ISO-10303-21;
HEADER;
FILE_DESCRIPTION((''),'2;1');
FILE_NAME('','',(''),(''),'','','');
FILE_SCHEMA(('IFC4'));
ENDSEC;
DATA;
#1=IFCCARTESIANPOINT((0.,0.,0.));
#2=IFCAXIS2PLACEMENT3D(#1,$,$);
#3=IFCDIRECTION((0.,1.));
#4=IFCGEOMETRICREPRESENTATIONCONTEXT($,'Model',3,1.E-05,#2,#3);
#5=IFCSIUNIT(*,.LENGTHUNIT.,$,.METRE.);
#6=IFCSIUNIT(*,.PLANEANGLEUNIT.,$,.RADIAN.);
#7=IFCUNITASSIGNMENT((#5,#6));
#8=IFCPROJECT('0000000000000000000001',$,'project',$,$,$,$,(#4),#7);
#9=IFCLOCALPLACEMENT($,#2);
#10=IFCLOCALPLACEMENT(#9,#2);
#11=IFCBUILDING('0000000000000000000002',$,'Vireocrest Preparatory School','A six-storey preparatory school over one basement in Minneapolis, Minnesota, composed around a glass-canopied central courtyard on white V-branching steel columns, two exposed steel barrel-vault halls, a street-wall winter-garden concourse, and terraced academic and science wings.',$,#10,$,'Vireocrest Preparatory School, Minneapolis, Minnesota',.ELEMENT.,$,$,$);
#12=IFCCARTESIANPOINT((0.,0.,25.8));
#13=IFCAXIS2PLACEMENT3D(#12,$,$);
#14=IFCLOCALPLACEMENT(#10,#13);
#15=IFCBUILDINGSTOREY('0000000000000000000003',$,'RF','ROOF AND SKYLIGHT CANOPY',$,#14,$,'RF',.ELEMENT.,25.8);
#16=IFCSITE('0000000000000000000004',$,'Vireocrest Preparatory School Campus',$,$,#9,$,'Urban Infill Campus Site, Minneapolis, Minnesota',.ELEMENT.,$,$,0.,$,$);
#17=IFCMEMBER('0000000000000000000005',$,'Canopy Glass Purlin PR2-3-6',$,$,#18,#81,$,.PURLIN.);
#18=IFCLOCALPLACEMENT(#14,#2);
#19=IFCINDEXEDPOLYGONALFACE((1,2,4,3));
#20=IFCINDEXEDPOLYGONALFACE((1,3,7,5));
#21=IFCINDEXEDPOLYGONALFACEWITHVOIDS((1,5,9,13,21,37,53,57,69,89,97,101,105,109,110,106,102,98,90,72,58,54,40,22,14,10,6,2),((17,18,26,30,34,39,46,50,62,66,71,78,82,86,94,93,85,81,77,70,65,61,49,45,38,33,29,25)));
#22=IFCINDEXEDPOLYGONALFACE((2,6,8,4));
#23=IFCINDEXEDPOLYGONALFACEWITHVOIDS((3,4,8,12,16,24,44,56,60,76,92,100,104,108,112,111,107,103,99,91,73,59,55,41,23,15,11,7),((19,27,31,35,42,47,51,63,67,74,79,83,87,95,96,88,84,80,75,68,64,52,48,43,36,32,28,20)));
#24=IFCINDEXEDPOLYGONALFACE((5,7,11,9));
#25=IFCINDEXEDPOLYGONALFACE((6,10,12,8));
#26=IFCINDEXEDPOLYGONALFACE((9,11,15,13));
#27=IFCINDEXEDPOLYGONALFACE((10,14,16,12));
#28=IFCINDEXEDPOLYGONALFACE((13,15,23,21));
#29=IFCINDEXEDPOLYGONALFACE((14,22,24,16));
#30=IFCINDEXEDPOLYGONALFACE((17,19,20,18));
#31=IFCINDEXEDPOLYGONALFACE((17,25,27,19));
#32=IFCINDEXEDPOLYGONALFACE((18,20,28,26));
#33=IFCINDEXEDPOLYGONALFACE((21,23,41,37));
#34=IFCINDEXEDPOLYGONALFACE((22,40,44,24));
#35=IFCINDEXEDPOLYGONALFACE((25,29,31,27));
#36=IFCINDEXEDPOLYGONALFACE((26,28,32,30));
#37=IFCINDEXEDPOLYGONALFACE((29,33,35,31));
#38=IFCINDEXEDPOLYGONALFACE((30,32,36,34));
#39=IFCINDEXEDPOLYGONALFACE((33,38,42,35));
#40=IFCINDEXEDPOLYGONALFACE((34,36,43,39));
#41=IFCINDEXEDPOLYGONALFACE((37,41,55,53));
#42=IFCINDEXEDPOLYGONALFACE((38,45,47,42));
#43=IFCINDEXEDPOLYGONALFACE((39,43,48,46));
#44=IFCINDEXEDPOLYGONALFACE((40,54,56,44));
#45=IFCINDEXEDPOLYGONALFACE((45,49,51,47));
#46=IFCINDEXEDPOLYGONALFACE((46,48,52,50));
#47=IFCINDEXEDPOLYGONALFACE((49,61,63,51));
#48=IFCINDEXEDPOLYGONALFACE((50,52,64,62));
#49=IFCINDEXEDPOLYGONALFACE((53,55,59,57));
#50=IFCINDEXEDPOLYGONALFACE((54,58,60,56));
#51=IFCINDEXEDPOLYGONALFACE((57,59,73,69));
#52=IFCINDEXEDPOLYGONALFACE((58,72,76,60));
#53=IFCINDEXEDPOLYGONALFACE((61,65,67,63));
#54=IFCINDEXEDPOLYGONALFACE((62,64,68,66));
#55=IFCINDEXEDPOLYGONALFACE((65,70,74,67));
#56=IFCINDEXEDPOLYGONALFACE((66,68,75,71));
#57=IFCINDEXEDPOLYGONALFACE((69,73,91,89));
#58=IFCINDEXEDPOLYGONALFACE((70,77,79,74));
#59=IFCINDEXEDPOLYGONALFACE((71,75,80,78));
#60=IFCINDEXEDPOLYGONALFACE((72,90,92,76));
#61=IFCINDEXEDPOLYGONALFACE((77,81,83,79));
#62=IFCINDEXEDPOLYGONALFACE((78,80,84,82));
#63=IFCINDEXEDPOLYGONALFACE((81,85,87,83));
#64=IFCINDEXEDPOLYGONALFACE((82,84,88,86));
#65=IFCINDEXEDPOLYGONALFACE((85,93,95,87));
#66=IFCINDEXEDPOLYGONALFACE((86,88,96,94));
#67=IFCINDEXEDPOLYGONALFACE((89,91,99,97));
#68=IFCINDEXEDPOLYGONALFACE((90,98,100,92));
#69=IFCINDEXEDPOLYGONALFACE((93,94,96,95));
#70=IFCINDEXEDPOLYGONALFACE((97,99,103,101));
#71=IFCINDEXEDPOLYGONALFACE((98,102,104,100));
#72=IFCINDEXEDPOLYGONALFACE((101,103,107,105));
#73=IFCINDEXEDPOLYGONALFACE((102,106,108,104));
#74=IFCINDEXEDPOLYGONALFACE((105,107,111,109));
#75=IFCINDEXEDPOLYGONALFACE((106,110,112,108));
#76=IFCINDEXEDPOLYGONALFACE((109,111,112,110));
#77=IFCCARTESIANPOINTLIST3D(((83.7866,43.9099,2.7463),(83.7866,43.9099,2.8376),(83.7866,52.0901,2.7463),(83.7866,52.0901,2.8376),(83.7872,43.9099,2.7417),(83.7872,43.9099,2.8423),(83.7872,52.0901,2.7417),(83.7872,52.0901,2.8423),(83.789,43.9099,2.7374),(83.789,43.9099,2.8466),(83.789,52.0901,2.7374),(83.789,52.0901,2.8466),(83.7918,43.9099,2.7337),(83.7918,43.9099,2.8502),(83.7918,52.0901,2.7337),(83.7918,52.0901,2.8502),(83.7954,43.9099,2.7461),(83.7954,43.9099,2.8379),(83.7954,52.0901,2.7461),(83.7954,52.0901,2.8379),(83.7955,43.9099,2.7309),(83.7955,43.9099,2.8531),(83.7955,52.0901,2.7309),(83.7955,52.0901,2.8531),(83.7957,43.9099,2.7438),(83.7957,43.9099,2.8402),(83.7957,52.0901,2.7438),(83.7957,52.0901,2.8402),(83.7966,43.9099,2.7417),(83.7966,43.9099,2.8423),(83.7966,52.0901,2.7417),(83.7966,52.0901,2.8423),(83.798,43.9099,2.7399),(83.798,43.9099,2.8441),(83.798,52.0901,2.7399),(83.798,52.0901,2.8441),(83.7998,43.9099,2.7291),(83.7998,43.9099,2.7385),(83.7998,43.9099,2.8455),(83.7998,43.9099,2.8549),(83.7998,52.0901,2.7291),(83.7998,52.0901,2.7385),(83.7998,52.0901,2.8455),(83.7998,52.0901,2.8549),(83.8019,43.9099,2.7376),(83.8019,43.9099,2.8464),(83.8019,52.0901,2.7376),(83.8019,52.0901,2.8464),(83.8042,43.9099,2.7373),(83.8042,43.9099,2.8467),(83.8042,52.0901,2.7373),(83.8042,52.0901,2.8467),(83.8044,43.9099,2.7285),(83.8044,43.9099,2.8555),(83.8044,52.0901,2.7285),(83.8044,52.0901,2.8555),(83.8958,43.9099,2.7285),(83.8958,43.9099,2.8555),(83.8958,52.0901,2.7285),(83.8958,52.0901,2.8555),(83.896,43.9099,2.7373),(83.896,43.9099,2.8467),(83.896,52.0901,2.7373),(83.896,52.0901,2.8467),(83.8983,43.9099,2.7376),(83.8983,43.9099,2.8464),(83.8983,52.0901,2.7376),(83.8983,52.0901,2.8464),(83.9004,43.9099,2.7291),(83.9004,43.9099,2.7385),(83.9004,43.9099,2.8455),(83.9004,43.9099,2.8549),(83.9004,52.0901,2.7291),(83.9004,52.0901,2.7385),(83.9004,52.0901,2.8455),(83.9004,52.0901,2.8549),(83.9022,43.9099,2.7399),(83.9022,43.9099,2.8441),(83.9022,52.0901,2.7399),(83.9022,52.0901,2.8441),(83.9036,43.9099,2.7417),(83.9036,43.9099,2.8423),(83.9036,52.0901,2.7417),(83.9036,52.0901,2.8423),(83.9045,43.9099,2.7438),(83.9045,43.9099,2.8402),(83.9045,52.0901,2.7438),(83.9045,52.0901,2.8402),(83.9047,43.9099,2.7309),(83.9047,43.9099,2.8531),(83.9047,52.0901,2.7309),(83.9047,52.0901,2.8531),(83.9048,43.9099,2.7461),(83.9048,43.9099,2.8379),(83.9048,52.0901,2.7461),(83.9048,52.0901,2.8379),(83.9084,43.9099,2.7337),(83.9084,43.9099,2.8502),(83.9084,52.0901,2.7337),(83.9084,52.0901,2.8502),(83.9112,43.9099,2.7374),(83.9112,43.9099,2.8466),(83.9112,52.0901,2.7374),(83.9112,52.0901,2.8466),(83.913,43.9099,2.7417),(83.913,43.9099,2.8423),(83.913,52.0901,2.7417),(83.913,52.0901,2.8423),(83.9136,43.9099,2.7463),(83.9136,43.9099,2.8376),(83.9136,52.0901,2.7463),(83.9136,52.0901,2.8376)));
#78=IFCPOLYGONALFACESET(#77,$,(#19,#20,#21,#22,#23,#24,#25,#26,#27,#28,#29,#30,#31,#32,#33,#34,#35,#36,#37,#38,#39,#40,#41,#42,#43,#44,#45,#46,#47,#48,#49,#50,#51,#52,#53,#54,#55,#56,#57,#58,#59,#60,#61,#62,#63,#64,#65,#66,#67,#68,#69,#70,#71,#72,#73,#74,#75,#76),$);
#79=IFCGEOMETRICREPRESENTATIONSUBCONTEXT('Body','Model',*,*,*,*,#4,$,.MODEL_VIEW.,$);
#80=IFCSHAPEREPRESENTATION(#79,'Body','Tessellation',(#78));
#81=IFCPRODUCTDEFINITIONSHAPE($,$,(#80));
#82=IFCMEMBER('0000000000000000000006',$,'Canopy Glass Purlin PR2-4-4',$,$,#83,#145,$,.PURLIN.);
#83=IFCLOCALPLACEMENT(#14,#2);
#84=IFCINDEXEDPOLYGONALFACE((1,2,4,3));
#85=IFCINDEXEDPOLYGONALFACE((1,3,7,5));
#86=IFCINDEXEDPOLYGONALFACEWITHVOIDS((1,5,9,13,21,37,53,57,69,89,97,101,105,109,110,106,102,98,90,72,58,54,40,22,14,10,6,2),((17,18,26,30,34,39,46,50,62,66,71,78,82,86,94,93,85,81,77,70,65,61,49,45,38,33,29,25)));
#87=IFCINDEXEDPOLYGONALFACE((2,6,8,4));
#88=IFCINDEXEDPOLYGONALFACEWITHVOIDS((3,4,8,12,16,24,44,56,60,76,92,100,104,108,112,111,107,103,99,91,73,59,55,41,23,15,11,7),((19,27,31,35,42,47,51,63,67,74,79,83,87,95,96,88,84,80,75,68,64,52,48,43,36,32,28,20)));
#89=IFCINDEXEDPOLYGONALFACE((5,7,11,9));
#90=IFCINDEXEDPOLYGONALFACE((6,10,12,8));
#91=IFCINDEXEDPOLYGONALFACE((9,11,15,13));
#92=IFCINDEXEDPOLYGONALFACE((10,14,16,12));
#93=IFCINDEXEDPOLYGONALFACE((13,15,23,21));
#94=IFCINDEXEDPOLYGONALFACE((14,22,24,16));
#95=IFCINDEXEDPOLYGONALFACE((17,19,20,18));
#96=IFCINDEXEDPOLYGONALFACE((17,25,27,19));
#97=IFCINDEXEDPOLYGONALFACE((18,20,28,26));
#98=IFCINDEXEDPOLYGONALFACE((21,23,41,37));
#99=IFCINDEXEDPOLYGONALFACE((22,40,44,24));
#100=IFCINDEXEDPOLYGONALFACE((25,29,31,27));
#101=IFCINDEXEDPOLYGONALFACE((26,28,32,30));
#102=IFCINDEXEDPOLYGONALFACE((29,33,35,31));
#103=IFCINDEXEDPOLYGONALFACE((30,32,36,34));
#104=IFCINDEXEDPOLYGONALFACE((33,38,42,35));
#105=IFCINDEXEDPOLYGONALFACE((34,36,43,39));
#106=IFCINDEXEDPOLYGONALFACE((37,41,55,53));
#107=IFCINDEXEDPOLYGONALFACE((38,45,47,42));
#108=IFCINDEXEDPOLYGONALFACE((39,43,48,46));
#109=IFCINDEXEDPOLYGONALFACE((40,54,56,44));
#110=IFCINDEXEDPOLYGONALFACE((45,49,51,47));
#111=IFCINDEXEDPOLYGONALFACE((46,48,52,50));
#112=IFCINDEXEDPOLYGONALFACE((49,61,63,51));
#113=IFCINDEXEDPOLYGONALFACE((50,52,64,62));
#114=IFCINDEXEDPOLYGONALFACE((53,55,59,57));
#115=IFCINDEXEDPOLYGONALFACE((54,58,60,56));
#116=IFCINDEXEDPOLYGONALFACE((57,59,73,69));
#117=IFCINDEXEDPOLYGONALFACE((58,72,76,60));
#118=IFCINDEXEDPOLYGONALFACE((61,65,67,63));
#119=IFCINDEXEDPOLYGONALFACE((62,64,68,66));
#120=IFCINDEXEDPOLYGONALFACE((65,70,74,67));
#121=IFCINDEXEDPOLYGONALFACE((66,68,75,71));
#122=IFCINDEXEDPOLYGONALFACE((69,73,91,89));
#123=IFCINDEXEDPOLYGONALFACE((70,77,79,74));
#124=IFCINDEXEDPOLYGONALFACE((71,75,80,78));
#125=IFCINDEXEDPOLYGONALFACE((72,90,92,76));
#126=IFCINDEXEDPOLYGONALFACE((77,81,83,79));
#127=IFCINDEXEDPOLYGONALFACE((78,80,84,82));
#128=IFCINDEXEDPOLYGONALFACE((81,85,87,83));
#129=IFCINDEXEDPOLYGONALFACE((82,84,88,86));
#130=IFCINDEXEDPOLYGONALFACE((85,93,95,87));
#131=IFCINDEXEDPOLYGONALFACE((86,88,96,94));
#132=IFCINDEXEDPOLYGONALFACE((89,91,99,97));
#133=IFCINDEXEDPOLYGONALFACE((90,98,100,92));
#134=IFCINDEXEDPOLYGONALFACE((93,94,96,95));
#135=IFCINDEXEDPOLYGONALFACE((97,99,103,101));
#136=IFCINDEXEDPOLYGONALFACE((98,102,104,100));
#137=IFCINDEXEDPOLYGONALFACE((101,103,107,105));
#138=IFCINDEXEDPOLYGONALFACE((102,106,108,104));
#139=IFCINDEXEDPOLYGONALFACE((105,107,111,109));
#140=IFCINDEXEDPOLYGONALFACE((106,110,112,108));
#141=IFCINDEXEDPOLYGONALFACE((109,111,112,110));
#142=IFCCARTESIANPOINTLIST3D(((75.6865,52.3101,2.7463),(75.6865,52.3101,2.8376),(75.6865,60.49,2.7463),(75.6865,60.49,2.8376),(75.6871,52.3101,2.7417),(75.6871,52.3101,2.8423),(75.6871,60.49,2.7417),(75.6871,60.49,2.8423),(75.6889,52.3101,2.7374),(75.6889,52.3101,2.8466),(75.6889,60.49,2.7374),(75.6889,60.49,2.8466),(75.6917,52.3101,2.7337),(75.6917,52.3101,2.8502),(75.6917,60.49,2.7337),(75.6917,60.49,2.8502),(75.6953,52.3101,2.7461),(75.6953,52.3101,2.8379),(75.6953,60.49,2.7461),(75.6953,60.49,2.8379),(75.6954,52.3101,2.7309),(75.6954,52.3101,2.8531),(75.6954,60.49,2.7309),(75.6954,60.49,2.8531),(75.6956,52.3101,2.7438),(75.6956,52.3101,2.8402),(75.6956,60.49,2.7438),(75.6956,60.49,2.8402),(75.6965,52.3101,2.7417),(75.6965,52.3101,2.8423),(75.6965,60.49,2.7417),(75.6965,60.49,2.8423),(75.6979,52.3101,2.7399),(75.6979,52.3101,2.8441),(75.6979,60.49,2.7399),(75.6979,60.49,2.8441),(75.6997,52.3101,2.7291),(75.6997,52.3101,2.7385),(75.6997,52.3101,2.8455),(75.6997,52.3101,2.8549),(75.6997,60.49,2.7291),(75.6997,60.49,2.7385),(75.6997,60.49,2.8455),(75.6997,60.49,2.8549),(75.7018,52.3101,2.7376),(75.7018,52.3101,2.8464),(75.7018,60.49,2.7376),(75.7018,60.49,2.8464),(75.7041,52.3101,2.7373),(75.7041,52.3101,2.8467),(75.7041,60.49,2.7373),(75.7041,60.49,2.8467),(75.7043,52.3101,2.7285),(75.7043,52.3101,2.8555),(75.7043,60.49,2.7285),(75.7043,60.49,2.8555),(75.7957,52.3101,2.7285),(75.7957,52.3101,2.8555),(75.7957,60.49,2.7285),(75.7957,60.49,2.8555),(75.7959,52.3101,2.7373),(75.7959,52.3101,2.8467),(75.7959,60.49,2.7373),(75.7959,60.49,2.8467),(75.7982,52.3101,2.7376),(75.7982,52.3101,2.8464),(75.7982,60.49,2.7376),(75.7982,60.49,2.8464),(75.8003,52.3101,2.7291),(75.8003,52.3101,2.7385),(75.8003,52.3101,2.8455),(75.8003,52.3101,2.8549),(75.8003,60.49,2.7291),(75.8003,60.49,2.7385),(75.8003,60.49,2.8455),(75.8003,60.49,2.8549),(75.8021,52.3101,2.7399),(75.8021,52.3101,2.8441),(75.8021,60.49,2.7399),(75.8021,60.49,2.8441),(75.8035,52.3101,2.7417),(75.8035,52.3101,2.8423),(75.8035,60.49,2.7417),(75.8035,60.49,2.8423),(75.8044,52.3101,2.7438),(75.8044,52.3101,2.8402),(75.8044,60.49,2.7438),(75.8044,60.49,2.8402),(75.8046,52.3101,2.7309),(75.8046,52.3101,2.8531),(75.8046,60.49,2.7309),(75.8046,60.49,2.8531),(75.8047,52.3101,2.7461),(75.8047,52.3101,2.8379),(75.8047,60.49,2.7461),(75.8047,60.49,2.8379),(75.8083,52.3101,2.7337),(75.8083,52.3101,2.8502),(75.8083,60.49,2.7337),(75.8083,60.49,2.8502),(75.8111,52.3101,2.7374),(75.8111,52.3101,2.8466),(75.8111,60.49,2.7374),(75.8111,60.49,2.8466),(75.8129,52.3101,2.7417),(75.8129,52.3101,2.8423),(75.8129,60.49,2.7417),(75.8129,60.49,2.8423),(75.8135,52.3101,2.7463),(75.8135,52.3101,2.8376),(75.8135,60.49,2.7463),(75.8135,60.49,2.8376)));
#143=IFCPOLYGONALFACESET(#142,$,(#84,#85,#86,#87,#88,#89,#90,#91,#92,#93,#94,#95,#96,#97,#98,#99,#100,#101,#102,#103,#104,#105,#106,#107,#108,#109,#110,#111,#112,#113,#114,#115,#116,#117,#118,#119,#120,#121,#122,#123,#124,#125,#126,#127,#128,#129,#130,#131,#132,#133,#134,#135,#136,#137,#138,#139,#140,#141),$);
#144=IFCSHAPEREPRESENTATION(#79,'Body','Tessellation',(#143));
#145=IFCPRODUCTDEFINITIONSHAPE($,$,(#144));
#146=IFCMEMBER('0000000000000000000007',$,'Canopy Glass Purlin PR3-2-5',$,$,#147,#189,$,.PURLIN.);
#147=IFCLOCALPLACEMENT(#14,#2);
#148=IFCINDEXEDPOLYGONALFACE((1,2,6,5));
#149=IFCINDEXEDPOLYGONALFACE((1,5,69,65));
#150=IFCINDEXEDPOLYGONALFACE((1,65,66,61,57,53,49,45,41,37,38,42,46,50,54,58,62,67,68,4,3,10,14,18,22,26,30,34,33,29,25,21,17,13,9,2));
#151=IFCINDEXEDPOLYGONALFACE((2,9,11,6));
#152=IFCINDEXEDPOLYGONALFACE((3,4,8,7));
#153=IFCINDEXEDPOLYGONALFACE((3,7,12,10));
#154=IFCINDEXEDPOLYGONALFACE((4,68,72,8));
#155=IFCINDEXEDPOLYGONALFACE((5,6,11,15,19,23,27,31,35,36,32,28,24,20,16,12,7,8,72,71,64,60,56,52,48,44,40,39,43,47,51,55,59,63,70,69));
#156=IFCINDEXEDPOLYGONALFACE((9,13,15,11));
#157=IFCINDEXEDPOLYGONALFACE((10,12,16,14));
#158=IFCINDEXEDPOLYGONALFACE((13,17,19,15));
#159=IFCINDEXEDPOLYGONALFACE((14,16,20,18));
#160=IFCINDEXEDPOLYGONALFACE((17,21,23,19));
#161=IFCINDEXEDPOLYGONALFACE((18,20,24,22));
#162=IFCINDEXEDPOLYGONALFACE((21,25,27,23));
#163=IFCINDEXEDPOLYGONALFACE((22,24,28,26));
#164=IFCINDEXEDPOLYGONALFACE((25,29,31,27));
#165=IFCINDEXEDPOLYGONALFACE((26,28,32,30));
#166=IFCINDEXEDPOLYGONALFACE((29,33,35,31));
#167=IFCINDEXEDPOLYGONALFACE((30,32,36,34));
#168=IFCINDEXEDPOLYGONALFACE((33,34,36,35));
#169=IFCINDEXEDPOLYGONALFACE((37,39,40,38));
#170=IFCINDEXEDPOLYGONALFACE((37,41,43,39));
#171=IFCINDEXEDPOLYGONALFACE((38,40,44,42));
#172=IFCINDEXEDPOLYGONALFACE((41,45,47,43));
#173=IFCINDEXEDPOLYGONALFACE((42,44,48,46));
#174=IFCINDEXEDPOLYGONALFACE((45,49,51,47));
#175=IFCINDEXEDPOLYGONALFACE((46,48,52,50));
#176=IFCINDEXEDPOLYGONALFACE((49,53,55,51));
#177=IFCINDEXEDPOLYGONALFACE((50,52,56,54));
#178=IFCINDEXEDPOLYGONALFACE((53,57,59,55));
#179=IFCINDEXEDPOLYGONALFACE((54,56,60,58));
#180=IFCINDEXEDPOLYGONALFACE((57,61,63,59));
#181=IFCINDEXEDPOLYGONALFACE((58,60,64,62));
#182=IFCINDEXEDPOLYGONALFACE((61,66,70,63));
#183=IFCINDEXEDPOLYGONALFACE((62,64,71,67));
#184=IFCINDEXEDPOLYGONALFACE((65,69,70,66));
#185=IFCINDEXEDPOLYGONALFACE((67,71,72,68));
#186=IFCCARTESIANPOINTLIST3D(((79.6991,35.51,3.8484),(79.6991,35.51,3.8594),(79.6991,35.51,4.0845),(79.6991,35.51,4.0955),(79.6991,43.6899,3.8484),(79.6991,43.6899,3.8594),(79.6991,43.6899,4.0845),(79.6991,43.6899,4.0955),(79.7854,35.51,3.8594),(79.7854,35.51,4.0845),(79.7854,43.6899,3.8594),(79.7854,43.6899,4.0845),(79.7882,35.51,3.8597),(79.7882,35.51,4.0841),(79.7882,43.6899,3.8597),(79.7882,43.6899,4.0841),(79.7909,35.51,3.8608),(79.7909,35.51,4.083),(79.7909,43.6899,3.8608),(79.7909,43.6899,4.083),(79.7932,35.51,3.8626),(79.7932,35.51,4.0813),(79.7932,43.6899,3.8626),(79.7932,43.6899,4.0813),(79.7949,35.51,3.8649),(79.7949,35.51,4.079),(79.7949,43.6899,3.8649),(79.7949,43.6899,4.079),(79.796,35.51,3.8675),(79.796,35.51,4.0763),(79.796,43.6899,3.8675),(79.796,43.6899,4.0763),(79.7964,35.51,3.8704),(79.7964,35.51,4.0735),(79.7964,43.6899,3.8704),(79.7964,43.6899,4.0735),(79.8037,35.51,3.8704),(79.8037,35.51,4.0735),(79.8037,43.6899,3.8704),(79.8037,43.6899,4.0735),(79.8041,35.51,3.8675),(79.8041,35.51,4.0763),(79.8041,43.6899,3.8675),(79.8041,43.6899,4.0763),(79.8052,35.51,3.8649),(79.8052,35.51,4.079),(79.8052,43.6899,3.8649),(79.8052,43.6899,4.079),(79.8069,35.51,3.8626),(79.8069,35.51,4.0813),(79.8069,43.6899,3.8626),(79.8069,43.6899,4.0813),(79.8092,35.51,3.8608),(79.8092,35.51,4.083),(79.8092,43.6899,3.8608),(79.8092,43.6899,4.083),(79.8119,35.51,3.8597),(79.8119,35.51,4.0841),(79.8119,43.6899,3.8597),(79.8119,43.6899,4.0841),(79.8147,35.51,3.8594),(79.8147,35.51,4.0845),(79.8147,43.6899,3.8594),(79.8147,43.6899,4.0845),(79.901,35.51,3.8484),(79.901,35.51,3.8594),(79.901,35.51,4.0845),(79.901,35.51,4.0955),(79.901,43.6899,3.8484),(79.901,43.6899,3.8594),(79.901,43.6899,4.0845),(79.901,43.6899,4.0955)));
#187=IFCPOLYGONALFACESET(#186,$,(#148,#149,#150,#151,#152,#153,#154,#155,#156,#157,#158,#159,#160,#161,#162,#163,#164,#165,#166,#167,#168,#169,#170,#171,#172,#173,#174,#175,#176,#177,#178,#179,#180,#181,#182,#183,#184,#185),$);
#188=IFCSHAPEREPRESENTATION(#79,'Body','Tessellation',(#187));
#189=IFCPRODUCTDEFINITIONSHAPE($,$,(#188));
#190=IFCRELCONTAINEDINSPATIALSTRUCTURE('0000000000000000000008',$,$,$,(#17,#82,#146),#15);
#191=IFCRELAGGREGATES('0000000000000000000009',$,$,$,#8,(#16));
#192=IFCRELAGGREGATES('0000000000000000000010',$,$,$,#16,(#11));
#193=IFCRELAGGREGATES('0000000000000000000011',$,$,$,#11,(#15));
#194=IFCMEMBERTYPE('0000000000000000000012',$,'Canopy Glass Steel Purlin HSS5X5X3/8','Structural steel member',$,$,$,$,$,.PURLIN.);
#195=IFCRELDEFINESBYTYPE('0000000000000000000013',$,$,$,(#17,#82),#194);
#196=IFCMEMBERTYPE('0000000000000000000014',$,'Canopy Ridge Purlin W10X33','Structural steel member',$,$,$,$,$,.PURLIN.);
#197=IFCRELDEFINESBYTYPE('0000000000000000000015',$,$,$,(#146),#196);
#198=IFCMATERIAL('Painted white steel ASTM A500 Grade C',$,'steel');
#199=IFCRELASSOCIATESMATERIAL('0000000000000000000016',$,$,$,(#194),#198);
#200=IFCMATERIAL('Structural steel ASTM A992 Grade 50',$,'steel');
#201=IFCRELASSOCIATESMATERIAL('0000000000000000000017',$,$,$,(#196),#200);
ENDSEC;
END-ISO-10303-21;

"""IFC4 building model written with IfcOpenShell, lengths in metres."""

from ifc_helpers import new_model, si_unit, direction, frame, origin, origin_2d, place, context, subcontext, project, spatial, hollow_rectangle, i_section, extrude, material, material_profile, profile_set, type_object, element, save


model = new_model("IFC4")

# Units and contexts
model_context = context("Model", 3, precision=1e-05, world=origin(), true_north=direction((0.0, 1.0)))
body_context = subcontext(model_context, "Body", "Model", "MODEL_VIEW")
ifc_project = project(units=[si_unit("LENGTHUNIT", "METRE"), si_unit("PLANEANGLEUNIT", "RADIAN")], contexts=[model_context])

# Site, building, storey
site_placement = place(None, origin())
site = spatial("IfcSite", under=ifc_project, at=site_placement, Name="Vireocrest Preparatory School Campus", LongName="Urban Infill Campus Site, Minneapolis, Minnesota", CompositionType="ELEMENT", RefElevation=0.0)
building_placement = place(site_placement, origin())
building = spatial("IfcBuilding", under=site, at=building_placement, Name="Vireocrest Preparatory School", Description="A six-storey preparatory school over one basement in Minneapolis, Minnesota, composed around a glass-canopied central courtyard on white V-branching steel columns, two exposed steel barrel-vault halls, a street-wall winter-garden concourse, and terraced academic and science wings.", LongName="Vireocrest Preparatory School, Minneapolis, Minnesota", CompositionType="ELEMENT")
storey_placement = place(building_placement, frame((0.0, 0.0, 25.8)))
storey = spatial("IfcBuildingStorey", under=building, at=storey_placement, Name="RF", Description="ROOF AND SKYLIGHT CANOPY", LongName="RF", CompositionType="ELEMENT", Elevation=25.8)

# Members
ifc_material_1 = material(Name="Painted white steel ASTM A500 Grade C", Category="steel")
ifc_material_profile_1 = material_profile(ifc_material_1, hollow_rectangle(XDim=0.127, YDim=0.127, WallThickness=0.0088, InnerFilletRadius=0.0088, OuterFilletRadius=0.0178, at=origin_2d()), Name="HSS5X5X3/8")
ifc_profile_set_1 = profile_set([ifc_material_profile_1], Name="Painted white steel ASTM A500 Grade C")
member_type_1 = type_object("IfcMemberType", Name="Canopy Glass Steel Purlin HSS5X5X3/8", Description="Structural steel member", PredefinedType="PURLIN", material=ifc_profile_set_1)
for number, where, z_axis, x_axis, name in (
    (1, (83.8501, 43.9099, 2.792), (0.0, 1.0, 0.0), (-1.0, 0.0, 0.0), "Canopy Glass Purlin PR2-3-6"),
):
    element("IfcMember", number, at=place(storey_placement, frame(where, z_axis=z_axis, x_axis=x_axis)), inside=storey, type_object=member_type_1, Name=name, PredefinedType="PURLIN", context=body_context, shape_type="SweptSolid", body=[
        extrude(hollow_rectangle(XDim=0.127, YDim=0.127, WallThickness=0.0088, InnerFilletRadius=0.0088, OuterFilletRadius=0.0178, at=origin_2d()), origin(), (0.0, 0.0, 1.0), 8.1802),
    ])
member_1_placement = place(storey_placement, frame((75.75, 52.3101, 2.792), z_axis=(0.0, 1.0, 0.0), x_axis=(-1.0, 0.0, 0.0)))
element("IfcMember", 2, at=member_1_placement, inside=storey, type_object=member_type_1, Name="Canopy Glass Purlin PR2-4-4", PredefinedType="PURLIN", context=body_context, shape_type="SweptSolid", body=[
    extrude(hollow_rectangle(XDim=0.127, YDim=0.127, WallThickness=0.0088, InnerFilletRadius=0.0088, OuterFilletRadius=0.0178, at=origin_2d()), origin(), (0.0, 0.0, 1.0), 8.1799),
])
ifc_material_2 = material(Name="Structural steel ASTM A992 Grade 50", Category="steel")
ifc_material_profile_2 = material_profile(ifc_material_2, i_section(OverallWidth=0.2019, OverallDepth=0.2471, WebThickness=0.0073, FlangeThickness=0.011, FilletRadius=0.011, at=origin_2d()), Name="W10X33")
ifc_profile_set_2 = profile_set([ifc_material_profile_2], Name="Structural steel ASTM A992 Grade 50")
member_type_2 = type_object("IfcMemberType", Name="Canopy Ridge Purlin W10X33", Description="Structural steel member", PredefinedType="PURLIN", material=ifc_profile_set_2)
member_2_placement = place(storey_placement, frame((79.8, 35.51, 3.9719), z_axis=(0.0, 1.0, 0.0), x_axis=(-1.0, 0.0, 0.0)))
element("IfcMember", 3, at=member_2_placement, inside=storey, type_object=member_type_2, Name="Canopy Glass Purlin PR3-2-5", PredefinedType="PURLIN", context=body_context, shape_type="SweptSolid", body=[
    extrude(i_section(OverallWidth=0.2019, OverallDepth=0.2471, WebThickness=0.0073, FlangeThickness=0.011, FilletRadius=0.011, at=origin_2d()), origin(), (0.0, 0.0, 1.0), 8.1799),
])

save(model, "model.ifc")
